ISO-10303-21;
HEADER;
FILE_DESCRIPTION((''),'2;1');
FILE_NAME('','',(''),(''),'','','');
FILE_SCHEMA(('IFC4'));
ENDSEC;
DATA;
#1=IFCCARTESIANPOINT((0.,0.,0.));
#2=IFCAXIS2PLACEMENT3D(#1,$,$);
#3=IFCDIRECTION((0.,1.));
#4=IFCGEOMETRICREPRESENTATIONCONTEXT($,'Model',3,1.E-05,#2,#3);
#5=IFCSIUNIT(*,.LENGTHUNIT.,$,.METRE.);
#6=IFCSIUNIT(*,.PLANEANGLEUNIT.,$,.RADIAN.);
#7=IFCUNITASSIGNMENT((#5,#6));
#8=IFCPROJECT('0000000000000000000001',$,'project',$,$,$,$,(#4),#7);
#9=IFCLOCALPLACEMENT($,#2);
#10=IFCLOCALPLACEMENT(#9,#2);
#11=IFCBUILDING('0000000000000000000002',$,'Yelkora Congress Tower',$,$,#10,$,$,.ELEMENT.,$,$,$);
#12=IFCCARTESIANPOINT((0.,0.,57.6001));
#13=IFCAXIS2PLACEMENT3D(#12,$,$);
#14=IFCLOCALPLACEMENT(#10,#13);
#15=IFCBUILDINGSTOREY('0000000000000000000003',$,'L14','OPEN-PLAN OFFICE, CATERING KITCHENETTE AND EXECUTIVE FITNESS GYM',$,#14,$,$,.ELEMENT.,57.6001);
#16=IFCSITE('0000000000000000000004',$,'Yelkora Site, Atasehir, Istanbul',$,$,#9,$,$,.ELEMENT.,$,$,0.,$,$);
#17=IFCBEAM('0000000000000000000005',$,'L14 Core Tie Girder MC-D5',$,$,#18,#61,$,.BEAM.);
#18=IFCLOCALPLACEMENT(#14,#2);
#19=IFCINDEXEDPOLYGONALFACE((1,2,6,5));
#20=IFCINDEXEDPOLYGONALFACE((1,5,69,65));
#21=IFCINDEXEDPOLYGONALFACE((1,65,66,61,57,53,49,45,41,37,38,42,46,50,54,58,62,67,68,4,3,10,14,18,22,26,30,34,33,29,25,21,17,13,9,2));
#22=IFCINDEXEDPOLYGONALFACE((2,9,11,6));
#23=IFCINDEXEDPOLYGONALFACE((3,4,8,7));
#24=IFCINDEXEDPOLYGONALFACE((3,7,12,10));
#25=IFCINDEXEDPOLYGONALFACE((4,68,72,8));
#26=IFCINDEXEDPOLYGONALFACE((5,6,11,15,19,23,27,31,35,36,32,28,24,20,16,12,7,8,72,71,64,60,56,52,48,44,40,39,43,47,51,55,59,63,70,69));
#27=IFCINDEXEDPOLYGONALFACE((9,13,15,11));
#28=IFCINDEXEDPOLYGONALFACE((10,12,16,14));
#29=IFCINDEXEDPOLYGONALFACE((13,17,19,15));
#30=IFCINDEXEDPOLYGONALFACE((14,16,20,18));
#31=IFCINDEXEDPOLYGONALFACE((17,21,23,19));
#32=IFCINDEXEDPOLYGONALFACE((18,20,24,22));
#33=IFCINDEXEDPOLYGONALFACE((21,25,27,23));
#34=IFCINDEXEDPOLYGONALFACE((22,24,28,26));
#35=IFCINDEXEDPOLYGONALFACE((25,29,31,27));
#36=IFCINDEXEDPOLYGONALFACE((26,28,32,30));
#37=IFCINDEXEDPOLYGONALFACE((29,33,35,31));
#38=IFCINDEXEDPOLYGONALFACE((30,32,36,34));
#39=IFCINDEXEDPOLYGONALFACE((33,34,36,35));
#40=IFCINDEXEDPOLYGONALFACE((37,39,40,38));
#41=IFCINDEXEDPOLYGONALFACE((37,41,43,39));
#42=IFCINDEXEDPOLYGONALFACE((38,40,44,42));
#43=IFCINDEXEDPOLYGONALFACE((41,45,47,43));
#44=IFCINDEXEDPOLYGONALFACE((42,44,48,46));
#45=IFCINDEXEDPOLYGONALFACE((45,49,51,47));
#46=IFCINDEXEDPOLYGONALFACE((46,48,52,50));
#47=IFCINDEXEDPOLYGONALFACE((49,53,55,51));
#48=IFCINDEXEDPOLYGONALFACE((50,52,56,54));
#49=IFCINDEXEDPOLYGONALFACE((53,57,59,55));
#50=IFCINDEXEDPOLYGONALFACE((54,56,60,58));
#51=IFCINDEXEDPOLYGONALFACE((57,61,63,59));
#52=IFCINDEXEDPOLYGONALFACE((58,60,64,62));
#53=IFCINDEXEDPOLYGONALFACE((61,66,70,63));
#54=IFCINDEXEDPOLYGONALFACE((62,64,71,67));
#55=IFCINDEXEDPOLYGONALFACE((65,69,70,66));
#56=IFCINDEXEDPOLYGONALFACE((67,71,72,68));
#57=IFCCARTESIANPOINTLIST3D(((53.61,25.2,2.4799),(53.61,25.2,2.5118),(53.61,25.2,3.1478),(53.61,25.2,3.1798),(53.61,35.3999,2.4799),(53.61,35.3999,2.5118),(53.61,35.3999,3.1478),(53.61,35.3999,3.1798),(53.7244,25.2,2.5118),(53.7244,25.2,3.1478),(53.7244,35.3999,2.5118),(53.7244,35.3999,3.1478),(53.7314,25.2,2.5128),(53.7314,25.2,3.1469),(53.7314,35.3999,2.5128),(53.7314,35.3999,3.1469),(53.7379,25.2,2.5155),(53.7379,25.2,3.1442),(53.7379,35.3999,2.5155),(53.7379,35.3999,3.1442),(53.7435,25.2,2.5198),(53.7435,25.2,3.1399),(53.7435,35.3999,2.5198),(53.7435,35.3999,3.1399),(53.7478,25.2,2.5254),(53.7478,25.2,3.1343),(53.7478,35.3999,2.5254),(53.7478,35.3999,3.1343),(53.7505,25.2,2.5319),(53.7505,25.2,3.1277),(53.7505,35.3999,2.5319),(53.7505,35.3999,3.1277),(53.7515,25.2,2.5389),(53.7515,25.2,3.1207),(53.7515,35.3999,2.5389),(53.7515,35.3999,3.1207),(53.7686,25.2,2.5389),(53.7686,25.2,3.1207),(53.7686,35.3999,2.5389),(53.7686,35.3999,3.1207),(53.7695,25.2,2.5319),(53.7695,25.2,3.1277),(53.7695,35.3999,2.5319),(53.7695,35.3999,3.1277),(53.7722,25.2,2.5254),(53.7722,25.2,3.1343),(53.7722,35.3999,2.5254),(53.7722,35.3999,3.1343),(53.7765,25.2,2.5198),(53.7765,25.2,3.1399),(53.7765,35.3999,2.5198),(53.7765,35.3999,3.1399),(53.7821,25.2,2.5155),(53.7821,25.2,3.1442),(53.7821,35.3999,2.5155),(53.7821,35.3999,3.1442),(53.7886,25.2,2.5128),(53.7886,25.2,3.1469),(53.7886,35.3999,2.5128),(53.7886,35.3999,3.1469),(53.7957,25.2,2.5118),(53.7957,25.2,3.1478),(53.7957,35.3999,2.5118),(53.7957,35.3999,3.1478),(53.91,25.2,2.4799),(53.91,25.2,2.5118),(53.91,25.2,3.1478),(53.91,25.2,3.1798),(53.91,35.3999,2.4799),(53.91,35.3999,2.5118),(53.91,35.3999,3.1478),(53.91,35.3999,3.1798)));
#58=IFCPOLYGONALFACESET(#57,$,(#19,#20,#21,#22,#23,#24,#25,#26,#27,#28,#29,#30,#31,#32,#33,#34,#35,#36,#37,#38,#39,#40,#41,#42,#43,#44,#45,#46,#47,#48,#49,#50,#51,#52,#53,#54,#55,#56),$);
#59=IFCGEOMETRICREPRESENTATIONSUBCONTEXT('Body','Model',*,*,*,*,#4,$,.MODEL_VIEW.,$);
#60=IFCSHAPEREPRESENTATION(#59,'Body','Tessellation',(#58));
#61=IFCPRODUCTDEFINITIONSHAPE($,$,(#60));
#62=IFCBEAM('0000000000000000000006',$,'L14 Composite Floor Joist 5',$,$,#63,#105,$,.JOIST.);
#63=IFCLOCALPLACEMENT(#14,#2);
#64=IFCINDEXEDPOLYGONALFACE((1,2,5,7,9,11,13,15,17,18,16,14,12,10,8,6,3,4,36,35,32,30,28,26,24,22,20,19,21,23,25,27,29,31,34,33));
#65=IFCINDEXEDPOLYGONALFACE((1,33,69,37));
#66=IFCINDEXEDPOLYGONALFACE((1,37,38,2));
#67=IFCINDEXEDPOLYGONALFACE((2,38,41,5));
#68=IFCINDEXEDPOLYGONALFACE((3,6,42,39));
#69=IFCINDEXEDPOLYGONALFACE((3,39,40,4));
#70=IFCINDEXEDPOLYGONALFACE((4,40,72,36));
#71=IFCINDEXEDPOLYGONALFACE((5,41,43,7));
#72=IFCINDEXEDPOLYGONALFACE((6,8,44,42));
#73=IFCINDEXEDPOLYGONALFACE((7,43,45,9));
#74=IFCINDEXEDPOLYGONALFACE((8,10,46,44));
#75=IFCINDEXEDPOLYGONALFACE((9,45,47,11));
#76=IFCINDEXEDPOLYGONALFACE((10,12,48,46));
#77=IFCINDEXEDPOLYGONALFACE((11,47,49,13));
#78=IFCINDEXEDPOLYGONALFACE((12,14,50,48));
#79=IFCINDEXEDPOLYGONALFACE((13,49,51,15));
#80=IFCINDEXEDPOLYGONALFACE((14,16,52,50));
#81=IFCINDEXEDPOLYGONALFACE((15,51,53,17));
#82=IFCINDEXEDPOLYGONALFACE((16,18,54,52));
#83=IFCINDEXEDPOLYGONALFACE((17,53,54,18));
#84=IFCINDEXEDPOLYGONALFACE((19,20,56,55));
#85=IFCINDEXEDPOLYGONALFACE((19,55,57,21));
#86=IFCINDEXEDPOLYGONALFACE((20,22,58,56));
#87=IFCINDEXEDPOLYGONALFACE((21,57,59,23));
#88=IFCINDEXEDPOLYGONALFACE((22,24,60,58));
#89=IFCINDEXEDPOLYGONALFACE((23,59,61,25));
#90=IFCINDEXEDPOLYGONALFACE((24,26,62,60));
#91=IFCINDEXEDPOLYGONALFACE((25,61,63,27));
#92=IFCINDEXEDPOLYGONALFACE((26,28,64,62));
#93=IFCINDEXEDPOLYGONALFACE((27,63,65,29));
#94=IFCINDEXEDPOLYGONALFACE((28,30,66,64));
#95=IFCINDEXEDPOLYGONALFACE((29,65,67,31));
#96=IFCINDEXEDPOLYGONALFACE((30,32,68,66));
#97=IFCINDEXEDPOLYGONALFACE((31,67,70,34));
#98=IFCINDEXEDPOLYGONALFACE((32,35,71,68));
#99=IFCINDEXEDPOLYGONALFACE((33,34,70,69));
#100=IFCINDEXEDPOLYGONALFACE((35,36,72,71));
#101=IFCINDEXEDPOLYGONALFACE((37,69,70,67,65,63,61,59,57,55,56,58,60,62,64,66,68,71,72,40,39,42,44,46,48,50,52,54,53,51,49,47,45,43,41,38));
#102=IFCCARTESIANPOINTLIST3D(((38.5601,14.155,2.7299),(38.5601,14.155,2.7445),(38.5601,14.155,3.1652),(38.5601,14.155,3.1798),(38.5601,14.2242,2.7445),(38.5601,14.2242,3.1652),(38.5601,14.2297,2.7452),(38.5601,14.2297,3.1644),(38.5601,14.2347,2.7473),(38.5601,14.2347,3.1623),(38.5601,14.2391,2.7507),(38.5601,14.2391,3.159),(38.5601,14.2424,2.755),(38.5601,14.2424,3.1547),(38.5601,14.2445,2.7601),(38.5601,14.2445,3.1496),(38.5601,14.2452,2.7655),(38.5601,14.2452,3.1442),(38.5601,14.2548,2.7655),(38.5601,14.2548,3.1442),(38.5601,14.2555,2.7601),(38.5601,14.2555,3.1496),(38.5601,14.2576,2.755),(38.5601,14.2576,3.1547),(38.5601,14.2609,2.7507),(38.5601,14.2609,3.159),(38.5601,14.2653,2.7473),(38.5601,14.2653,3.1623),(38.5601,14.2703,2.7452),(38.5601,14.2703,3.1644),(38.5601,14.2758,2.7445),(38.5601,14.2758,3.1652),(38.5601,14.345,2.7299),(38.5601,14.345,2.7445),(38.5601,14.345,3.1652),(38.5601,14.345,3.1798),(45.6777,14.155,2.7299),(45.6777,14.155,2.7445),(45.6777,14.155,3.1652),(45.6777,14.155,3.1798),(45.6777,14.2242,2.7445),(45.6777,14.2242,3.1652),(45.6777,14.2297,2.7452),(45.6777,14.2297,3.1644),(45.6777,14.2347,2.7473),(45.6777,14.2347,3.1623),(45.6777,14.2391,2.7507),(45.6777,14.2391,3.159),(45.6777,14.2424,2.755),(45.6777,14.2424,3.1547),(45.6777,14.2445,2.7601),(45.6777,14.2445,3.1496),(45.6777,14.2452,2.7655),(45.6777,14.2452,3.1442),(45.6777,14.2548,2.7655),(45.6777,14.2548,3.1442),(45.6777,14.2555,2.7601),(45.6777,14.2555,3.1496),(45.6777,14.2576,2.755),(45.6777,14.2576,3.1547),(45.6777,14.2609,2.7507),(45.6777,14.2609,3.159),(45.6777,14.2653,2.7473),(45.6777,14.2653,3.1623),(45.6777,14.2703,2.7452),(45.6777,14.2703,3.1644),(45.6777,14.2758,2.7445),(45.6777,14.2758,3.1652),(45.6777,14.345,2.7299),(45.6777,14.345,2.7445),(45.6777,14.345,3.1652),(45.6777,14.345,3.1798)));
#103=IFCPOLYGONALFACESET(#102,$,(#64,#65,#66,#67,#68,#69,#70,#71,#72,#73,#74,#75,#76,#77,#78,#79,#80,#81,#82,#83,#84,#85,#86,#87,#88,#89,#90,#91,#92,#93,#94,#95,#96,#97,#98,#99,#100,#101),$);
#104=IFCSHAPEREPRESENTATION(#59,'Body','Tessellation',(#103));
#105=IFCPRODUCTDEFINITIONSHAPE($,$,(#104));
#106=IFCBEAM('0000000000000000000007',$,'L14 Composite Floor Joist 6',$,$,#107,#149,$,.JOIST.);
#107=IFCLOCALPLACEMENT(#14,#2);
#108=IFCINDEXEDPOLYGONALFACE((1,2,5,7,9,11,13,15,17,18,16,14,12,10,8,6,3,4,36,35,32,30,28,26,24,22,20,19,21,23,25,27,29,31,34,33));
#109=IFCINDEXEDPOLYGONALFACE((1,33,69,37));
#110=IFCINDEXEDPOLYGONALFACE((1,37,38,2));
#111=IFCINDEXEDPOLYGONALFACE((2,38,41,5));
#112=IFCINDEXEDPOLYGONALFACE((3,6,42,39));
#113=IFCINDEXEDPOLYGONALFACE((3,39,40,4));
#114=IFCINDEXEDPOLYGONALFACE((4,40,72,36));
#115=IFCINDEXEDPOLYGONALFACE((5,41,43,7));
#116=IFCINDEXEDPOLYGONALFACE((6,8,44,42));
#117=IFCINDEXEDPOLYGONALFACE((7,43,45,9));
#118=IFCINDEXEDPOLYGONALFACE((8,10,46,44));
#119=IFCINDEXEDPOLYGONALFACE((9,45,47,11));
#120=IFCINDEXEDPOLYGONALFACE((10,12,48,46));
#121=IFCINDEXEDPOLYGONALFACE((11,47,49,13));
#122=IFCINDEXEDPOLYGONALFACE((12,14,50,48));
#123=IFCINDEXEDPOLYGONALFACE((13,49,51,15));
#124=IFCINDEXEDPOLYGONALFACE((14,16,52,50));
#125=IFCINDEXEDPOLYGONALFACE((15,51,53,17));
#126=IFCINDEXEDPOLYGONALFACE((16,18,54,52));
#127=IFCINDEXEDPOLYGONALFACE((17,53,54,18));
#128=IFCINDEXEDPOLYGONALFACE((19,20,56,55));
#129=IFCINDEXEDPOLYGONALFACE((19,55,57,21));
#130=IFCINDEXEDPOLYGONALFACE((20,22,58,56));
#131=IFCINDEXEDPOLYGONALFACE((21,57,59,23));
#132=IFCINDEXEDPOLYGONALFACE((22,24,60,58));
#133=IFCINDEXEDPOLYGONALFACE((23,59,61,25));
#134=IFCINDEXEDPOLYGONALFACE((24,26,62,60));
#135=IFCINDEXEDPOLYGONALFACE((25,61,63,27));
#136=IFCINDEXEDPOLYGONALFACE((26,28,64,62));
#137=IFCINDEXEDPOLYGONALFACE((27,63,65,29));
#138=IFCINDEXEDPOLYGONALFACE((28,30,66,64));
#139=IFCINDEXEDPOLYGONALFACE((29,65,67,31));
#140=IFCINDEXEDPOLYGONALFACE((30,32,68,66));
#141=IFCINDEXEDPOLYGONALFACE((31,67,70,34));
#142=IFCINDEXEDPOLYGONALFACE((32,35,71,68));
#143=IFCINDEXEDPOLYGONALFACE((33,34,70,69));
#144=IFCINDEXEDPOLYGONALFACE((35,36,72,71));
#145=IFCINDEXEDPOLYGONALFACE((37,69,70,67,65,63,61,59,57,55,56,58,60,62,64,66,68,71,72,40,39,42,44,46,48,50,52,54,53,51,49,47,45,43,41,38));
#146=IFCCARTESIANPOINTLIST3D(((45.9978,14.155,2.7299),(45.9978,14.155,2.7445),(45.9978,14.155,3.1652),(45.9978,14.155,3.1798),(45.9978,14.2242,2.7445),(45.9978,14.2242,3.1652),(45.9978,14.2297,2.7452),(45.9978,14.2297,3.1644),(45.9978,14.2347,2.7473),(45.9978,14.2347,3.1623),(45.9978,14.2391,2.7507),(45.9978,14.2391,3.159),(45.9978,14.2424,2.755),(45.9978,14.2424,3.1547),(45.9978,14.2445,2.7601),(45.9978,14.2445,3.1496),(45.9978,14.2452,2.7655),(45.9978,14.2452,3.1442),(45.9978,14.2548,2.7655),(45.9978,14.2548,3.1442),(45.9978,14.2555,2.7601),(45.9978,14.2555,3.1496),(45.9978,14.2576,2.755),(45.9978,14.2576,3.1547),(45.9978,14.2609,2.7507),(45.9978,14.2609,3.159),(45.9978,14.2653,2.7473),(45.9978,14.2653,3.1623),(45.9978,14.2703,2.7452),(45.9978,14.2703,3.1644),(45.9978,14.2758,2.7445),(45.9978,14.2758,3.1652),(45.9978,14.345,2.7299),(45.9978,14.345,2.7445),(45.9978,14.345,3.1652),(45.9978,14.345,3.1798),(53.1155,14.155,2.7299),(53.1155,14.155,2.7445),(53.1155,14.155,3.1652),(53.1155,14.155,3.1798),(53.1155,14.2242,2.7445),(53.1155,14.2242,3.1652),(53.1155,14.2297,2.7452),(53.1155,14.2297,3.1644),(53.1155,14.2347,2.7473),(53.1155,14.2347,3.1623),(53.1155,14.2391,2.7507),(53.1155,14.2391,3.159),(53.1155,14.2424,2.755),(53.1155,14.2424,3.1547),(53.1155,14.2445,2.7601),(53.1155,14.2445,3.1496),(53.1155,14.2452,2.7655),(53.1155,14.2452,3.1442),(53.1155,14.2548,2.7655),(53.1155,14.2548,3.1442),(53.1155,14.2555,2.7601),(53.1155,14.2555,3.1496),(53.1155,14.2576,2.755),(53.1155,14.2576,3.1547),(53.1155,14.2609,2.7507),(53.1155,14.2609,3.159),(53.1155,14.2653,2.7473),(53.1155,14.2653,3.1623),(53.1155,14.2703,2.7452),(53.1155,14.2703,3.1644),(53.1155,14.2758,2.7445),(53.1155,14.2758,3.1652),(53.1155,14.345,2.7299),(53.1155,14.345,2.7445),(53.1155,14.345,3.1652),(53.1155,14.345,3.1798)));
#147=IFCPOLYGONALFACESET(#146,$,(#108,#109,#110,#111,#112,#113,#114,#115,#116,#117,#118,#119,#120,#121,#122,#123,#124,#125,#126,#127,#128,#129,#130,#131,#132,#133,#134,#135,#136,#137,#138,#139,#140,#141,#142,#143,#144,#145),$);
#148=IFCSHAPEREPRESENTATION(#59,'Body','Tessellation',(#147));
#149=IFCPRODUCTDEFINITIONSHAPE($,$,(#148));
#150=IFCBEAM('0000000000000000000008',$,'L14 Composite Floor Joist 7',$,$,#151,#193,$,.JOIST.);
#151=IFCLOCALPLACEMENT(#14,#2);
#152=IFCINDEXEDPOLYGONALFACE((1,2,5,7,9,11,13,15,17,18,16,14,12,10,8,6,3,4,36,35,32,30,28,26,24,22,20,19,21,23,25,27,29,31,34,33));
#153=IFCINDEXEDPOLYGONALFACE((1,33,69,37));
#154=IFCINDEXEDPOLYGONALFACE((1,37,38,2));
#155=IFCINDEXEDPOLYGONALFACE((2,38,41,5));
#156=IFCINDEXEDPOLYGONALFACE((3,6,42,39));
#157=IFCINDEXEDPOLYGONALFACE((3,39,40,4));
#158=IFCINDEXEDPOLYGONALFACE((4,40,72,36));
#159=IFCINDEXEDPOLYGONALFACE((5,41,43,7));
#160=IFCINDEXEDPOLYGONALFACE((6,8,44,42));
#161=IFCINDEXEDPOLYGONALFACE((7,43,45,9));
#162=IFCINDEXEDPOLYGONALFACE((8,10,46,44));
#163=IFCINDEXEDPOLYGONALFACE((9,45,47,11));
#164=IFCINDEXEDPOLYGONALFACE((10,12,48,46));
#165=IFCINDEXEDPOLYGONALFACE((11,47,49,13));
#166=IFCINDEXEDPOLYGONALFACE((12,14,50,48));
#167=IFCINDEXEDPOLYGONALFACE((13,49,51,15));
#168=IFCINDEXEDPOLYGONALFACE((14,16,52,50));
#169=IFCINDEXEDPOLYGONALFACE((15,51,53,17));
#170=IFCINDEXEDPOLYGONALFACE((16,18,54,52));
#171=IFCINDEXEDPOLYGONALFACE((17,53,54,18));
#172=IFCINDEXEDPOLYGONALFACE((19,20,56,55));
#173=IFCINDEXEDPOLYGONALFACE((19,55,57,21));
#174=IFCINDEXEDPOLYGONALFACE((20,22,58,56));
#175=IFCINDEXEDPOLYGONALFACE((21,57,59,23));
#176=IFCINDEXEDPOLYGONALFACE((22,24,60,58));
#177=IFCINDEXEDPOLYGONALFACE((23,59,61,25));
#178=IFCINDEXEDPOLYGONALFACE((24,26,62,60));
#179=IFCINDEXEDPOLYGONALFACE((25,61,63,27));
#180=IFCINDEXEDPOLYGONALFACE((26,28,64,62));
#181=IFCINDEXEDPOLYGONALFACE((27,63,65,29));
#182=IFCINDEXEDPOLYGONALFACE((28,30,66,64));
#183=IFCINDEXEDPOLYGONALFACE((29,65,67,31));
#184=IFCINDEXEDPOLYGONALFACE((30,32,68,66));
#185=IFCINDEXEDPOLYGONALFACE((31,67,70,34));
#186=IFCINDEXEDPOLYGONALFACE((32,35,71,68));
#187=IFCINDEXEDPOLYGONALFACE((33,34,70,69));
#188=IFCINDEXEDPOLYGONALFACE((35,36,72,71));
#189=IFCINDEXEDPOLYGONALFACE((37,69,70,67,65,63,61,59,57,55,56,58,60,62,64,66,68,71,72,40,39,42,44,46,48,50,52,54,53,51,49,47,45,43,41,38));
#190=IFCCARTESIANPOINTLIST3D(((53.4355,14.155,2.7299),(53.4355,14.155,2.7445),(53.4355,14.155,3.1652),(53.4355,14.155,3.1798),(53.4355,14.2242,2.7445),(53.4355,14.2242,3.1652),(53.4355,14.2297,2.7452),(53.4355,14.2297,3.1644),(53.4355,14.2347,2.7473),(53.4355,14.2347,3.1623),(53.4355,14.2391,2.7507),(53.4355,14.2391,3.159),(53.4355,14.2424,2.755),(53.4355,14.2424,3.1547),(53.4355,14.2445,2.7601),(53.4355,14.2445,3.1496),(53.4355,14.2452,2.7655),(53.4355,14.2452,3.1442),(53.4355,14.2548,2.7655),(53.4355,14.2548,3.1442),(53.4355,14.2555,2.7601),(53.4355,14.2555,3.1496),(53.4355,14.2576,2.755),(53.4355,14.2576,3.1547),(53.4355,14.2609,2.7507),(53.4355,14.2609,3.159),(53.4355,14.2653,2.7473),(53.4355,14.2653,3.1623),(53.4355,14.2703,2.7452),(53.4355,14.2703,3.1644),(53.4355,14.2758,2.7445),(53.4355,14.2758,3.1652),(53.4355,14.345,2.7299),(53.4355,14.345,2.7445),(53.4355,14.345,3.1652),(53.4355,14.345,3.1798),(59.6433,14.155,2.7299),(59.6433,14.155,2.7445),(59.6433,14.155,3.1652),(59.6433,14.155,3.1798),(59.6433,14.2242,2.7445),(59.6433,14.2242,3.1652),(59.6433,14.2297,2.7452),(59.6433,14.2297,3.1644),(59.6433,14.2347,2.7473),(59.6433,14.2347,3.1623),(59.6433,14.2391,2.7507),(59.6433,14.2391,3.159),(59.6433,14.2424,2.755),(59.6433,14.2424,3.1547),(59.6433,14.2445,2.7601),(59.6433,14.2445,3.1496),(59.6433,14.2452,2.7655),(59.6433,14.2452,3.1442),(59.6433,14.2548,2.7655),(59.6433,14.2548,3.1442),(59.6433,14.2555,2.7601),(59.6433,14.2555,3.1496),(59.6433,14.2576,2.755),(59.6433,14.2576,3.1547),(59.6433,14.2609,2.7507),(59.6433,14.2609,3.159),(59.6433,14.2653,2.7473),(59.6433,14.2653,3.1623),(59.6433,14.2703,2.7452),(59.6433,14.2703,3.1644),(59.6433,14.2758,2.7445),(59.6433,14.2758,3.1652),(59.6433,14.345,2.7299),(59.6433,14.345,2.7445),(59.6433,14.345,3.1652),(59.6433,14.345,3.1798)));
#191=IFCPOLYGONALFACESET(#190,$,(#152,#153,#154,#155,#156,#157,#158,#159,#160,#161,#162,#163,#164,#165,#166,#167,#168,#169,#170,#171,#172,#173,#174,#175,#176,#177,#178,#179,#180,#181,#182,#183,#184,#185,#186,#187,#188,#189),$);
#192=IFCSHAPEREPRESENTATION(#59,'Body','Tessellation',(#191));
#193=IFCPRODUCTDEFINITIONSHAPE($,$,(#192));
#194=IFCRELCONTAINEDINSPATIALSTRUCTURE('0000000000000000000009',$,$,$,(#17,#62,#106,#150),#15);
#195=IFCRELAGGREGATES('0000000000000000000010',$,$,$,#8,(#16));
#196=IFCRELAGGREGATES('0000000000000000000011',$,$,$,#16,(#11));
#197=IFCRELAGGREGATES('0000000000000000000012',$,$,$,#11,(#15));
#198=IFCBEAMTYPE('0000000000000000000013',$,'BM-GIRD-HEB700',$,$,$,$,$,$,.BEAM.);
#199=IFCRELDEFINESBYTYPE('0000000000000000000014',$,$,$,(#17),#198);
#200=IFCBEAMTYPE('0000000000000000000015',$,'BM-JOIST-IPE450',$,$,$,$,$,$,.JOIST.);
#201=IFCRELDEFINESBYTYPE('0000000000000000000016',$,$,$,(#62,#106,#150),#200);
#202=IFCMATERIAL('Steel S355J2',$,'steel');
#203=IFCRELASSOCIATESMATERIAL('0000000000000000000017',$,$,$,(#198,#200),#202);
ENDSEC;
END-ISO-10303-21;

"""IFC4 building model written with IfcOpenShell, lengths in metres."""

from ifc_helpers import new_model, si_unit, direction, frame, origin, origin_2d, place, context, subcontext, project, spatial, i_section, extrude, material, material_profile, profile_set, type_object, element, save


model = new_model("IFC4")

# Units and contexts
model_context = context("Model", 3, precision=1e-05, world=origin(), true_north=direction((0.0, 1.0)))
body_context = subcontext(model_context, "Body", "Model", "MODEL_VIEW")
ifc_project = project(units=[si_unit("LENGTHUNIT", "METRE"), si_unit("PLANEANGLEUNIT", "RADIAN")], contexts=[model_context])

# Site, building, storey
site_placement = place(None, origin())
site = spatial("IfcSite", under=ifc_project, at=site_placement, Name="Yelkora Site, Atasehir, Istanbul", CompositionType="ELEMENT", RefElevation=0.0)
building_placement = place(site_placement, origin())
building = spatial("IfcBuilding", under=site, at=building_placement, Name="Yelkora Congress Tower", CompositionType="ELEMENT")
storey_placement = place(building_placement, frame((0.0, 0.0, 57.6001)))
storey = spatial("IfcBuildingStorey", under=building, at=storey_placement, Name="L14", Description="OPEN-PLAN OFFICE, CATERING KITCHENETTE AND EXECUTIVE FITNESS GYM", CompositionType="ELEMENT", Elevation=57.6001)

# Beams
ifc_material_1 = material(Name="Steel S355J2", Category="steel")
ifc_material_profile_1 = material_profile(ifc_material_1, i_section(OverallWidth=0.3, OverallDepth=0.7, WebThickness=0.0171, FlangeThickness=0.032, FilletRadius=0.0271, at=origin_2d()), Name="HEB 700")
ifc_profile_set_1 = profile_set([ifc_material_profile_1], Name="Steel S355J2")
beam_type_1 = type_object("IfcBeamType", Name="BM-GIRD-HEB700", PredefinedType="BEAM", material=ifc_profile_set_1)
for number, where, z_axis, x_axis, name in (
    (1, (53.76, 25.2, 2.8298), (0.0, 1.0, 0.0), (-1.0, 0.0, 0.0), "L14 Core Tie Girder MC-D5"),
):
    element("IfcBeam", number, at=place(storey_placement, frame(where, z_axis=z_axis, x_axis=x_axis)), inside=storey, type_object=beam_type_1, Name=name, PredefinedType="BEAM", context=body_context, shape_type="SweptSolid", body=[
        extrude(i_section(OverallWidth=0.3, OverallDepth=0.7, WebThickness=0.0171, FlangeThickness=0.032, FilletRadius=0.0271, at=origin_2d()), origin(), (0.0, 0.0, 1.0), 10.2),
    ])
ifc_material_profile_2 = material_profile(ifc_material_1, i_section(OverallWidth=0.1899, OverallDepth=0.45, WebThickness=0.0095, FlangeThickness=0.0146, FilletRadius=0.021, at=origin_2d()), Name="IPE 450")
ifc_profile_set_2 = profile_set([ifc_material_profile_2], Name="Steel S355J2")
beam_type_2 = type_object("IfcBeamType", Name="BM-JOIST-IPE450", PredefinedType="JOIST", material=ifc_profile_set_2)
for number, where, z_axis, x_axis, name in (
    (2, (38.5601, 14.25, 2.9548), (1.0, 0.0, 0.0), (0.0, 1.0, 0.0), "L14 Composite Floor Joist 5"),
    (3, (45.9978, 14.25, 2.9548), (1.0, 0.0, 0.0), (0.0, 1.0, 0.0), "L14 Composite Floor Joist 6"),
):
    element("IfcBeam", number, at=place(storey_placement, frame(where, z_axis=z_axis, x_axis=x_axis)), inside=storey, type_object=beam_type_2, Name=name, PredefinedType="JOIST", context=body_context, shape_type="SweptSolid", body=[
        extrude(i_section(OverallWidth=0.1899, OverallDepth=0.45, WebThickness=0.0095, FlangeThickness=0.0146, FilletRadius=0.021, at=origin_2d()), origin(), (0.0, 0.0, 1.0), 7.1177),
    ])
beam_1_placement = place(storey_placement, frame((53.4355, 14.25, 2.9548), z_axis=(1.0, 0.0, 0.0), x_axis=(0.0, 1.0, 0.0)))
element("IfcBeam", 4, at=beam_1_placement, inside=storey, type_object=beam_type_2, Name="L14 Composite Floor Joist 7", PredefinedType="JOIST", context=body_context, shape_type="SweptSolid", body=[
    extrude(i_section(OverallWidth=0.1899, OverallDepth=0.45, WebThickness=0.0095, FlangeThickness=0.0146, FilletRadius=0.021, at=origin_2d()), origin(), (0.0, 0.0, 1.0), 6.2078),
])

save(model, "model.ifc")
